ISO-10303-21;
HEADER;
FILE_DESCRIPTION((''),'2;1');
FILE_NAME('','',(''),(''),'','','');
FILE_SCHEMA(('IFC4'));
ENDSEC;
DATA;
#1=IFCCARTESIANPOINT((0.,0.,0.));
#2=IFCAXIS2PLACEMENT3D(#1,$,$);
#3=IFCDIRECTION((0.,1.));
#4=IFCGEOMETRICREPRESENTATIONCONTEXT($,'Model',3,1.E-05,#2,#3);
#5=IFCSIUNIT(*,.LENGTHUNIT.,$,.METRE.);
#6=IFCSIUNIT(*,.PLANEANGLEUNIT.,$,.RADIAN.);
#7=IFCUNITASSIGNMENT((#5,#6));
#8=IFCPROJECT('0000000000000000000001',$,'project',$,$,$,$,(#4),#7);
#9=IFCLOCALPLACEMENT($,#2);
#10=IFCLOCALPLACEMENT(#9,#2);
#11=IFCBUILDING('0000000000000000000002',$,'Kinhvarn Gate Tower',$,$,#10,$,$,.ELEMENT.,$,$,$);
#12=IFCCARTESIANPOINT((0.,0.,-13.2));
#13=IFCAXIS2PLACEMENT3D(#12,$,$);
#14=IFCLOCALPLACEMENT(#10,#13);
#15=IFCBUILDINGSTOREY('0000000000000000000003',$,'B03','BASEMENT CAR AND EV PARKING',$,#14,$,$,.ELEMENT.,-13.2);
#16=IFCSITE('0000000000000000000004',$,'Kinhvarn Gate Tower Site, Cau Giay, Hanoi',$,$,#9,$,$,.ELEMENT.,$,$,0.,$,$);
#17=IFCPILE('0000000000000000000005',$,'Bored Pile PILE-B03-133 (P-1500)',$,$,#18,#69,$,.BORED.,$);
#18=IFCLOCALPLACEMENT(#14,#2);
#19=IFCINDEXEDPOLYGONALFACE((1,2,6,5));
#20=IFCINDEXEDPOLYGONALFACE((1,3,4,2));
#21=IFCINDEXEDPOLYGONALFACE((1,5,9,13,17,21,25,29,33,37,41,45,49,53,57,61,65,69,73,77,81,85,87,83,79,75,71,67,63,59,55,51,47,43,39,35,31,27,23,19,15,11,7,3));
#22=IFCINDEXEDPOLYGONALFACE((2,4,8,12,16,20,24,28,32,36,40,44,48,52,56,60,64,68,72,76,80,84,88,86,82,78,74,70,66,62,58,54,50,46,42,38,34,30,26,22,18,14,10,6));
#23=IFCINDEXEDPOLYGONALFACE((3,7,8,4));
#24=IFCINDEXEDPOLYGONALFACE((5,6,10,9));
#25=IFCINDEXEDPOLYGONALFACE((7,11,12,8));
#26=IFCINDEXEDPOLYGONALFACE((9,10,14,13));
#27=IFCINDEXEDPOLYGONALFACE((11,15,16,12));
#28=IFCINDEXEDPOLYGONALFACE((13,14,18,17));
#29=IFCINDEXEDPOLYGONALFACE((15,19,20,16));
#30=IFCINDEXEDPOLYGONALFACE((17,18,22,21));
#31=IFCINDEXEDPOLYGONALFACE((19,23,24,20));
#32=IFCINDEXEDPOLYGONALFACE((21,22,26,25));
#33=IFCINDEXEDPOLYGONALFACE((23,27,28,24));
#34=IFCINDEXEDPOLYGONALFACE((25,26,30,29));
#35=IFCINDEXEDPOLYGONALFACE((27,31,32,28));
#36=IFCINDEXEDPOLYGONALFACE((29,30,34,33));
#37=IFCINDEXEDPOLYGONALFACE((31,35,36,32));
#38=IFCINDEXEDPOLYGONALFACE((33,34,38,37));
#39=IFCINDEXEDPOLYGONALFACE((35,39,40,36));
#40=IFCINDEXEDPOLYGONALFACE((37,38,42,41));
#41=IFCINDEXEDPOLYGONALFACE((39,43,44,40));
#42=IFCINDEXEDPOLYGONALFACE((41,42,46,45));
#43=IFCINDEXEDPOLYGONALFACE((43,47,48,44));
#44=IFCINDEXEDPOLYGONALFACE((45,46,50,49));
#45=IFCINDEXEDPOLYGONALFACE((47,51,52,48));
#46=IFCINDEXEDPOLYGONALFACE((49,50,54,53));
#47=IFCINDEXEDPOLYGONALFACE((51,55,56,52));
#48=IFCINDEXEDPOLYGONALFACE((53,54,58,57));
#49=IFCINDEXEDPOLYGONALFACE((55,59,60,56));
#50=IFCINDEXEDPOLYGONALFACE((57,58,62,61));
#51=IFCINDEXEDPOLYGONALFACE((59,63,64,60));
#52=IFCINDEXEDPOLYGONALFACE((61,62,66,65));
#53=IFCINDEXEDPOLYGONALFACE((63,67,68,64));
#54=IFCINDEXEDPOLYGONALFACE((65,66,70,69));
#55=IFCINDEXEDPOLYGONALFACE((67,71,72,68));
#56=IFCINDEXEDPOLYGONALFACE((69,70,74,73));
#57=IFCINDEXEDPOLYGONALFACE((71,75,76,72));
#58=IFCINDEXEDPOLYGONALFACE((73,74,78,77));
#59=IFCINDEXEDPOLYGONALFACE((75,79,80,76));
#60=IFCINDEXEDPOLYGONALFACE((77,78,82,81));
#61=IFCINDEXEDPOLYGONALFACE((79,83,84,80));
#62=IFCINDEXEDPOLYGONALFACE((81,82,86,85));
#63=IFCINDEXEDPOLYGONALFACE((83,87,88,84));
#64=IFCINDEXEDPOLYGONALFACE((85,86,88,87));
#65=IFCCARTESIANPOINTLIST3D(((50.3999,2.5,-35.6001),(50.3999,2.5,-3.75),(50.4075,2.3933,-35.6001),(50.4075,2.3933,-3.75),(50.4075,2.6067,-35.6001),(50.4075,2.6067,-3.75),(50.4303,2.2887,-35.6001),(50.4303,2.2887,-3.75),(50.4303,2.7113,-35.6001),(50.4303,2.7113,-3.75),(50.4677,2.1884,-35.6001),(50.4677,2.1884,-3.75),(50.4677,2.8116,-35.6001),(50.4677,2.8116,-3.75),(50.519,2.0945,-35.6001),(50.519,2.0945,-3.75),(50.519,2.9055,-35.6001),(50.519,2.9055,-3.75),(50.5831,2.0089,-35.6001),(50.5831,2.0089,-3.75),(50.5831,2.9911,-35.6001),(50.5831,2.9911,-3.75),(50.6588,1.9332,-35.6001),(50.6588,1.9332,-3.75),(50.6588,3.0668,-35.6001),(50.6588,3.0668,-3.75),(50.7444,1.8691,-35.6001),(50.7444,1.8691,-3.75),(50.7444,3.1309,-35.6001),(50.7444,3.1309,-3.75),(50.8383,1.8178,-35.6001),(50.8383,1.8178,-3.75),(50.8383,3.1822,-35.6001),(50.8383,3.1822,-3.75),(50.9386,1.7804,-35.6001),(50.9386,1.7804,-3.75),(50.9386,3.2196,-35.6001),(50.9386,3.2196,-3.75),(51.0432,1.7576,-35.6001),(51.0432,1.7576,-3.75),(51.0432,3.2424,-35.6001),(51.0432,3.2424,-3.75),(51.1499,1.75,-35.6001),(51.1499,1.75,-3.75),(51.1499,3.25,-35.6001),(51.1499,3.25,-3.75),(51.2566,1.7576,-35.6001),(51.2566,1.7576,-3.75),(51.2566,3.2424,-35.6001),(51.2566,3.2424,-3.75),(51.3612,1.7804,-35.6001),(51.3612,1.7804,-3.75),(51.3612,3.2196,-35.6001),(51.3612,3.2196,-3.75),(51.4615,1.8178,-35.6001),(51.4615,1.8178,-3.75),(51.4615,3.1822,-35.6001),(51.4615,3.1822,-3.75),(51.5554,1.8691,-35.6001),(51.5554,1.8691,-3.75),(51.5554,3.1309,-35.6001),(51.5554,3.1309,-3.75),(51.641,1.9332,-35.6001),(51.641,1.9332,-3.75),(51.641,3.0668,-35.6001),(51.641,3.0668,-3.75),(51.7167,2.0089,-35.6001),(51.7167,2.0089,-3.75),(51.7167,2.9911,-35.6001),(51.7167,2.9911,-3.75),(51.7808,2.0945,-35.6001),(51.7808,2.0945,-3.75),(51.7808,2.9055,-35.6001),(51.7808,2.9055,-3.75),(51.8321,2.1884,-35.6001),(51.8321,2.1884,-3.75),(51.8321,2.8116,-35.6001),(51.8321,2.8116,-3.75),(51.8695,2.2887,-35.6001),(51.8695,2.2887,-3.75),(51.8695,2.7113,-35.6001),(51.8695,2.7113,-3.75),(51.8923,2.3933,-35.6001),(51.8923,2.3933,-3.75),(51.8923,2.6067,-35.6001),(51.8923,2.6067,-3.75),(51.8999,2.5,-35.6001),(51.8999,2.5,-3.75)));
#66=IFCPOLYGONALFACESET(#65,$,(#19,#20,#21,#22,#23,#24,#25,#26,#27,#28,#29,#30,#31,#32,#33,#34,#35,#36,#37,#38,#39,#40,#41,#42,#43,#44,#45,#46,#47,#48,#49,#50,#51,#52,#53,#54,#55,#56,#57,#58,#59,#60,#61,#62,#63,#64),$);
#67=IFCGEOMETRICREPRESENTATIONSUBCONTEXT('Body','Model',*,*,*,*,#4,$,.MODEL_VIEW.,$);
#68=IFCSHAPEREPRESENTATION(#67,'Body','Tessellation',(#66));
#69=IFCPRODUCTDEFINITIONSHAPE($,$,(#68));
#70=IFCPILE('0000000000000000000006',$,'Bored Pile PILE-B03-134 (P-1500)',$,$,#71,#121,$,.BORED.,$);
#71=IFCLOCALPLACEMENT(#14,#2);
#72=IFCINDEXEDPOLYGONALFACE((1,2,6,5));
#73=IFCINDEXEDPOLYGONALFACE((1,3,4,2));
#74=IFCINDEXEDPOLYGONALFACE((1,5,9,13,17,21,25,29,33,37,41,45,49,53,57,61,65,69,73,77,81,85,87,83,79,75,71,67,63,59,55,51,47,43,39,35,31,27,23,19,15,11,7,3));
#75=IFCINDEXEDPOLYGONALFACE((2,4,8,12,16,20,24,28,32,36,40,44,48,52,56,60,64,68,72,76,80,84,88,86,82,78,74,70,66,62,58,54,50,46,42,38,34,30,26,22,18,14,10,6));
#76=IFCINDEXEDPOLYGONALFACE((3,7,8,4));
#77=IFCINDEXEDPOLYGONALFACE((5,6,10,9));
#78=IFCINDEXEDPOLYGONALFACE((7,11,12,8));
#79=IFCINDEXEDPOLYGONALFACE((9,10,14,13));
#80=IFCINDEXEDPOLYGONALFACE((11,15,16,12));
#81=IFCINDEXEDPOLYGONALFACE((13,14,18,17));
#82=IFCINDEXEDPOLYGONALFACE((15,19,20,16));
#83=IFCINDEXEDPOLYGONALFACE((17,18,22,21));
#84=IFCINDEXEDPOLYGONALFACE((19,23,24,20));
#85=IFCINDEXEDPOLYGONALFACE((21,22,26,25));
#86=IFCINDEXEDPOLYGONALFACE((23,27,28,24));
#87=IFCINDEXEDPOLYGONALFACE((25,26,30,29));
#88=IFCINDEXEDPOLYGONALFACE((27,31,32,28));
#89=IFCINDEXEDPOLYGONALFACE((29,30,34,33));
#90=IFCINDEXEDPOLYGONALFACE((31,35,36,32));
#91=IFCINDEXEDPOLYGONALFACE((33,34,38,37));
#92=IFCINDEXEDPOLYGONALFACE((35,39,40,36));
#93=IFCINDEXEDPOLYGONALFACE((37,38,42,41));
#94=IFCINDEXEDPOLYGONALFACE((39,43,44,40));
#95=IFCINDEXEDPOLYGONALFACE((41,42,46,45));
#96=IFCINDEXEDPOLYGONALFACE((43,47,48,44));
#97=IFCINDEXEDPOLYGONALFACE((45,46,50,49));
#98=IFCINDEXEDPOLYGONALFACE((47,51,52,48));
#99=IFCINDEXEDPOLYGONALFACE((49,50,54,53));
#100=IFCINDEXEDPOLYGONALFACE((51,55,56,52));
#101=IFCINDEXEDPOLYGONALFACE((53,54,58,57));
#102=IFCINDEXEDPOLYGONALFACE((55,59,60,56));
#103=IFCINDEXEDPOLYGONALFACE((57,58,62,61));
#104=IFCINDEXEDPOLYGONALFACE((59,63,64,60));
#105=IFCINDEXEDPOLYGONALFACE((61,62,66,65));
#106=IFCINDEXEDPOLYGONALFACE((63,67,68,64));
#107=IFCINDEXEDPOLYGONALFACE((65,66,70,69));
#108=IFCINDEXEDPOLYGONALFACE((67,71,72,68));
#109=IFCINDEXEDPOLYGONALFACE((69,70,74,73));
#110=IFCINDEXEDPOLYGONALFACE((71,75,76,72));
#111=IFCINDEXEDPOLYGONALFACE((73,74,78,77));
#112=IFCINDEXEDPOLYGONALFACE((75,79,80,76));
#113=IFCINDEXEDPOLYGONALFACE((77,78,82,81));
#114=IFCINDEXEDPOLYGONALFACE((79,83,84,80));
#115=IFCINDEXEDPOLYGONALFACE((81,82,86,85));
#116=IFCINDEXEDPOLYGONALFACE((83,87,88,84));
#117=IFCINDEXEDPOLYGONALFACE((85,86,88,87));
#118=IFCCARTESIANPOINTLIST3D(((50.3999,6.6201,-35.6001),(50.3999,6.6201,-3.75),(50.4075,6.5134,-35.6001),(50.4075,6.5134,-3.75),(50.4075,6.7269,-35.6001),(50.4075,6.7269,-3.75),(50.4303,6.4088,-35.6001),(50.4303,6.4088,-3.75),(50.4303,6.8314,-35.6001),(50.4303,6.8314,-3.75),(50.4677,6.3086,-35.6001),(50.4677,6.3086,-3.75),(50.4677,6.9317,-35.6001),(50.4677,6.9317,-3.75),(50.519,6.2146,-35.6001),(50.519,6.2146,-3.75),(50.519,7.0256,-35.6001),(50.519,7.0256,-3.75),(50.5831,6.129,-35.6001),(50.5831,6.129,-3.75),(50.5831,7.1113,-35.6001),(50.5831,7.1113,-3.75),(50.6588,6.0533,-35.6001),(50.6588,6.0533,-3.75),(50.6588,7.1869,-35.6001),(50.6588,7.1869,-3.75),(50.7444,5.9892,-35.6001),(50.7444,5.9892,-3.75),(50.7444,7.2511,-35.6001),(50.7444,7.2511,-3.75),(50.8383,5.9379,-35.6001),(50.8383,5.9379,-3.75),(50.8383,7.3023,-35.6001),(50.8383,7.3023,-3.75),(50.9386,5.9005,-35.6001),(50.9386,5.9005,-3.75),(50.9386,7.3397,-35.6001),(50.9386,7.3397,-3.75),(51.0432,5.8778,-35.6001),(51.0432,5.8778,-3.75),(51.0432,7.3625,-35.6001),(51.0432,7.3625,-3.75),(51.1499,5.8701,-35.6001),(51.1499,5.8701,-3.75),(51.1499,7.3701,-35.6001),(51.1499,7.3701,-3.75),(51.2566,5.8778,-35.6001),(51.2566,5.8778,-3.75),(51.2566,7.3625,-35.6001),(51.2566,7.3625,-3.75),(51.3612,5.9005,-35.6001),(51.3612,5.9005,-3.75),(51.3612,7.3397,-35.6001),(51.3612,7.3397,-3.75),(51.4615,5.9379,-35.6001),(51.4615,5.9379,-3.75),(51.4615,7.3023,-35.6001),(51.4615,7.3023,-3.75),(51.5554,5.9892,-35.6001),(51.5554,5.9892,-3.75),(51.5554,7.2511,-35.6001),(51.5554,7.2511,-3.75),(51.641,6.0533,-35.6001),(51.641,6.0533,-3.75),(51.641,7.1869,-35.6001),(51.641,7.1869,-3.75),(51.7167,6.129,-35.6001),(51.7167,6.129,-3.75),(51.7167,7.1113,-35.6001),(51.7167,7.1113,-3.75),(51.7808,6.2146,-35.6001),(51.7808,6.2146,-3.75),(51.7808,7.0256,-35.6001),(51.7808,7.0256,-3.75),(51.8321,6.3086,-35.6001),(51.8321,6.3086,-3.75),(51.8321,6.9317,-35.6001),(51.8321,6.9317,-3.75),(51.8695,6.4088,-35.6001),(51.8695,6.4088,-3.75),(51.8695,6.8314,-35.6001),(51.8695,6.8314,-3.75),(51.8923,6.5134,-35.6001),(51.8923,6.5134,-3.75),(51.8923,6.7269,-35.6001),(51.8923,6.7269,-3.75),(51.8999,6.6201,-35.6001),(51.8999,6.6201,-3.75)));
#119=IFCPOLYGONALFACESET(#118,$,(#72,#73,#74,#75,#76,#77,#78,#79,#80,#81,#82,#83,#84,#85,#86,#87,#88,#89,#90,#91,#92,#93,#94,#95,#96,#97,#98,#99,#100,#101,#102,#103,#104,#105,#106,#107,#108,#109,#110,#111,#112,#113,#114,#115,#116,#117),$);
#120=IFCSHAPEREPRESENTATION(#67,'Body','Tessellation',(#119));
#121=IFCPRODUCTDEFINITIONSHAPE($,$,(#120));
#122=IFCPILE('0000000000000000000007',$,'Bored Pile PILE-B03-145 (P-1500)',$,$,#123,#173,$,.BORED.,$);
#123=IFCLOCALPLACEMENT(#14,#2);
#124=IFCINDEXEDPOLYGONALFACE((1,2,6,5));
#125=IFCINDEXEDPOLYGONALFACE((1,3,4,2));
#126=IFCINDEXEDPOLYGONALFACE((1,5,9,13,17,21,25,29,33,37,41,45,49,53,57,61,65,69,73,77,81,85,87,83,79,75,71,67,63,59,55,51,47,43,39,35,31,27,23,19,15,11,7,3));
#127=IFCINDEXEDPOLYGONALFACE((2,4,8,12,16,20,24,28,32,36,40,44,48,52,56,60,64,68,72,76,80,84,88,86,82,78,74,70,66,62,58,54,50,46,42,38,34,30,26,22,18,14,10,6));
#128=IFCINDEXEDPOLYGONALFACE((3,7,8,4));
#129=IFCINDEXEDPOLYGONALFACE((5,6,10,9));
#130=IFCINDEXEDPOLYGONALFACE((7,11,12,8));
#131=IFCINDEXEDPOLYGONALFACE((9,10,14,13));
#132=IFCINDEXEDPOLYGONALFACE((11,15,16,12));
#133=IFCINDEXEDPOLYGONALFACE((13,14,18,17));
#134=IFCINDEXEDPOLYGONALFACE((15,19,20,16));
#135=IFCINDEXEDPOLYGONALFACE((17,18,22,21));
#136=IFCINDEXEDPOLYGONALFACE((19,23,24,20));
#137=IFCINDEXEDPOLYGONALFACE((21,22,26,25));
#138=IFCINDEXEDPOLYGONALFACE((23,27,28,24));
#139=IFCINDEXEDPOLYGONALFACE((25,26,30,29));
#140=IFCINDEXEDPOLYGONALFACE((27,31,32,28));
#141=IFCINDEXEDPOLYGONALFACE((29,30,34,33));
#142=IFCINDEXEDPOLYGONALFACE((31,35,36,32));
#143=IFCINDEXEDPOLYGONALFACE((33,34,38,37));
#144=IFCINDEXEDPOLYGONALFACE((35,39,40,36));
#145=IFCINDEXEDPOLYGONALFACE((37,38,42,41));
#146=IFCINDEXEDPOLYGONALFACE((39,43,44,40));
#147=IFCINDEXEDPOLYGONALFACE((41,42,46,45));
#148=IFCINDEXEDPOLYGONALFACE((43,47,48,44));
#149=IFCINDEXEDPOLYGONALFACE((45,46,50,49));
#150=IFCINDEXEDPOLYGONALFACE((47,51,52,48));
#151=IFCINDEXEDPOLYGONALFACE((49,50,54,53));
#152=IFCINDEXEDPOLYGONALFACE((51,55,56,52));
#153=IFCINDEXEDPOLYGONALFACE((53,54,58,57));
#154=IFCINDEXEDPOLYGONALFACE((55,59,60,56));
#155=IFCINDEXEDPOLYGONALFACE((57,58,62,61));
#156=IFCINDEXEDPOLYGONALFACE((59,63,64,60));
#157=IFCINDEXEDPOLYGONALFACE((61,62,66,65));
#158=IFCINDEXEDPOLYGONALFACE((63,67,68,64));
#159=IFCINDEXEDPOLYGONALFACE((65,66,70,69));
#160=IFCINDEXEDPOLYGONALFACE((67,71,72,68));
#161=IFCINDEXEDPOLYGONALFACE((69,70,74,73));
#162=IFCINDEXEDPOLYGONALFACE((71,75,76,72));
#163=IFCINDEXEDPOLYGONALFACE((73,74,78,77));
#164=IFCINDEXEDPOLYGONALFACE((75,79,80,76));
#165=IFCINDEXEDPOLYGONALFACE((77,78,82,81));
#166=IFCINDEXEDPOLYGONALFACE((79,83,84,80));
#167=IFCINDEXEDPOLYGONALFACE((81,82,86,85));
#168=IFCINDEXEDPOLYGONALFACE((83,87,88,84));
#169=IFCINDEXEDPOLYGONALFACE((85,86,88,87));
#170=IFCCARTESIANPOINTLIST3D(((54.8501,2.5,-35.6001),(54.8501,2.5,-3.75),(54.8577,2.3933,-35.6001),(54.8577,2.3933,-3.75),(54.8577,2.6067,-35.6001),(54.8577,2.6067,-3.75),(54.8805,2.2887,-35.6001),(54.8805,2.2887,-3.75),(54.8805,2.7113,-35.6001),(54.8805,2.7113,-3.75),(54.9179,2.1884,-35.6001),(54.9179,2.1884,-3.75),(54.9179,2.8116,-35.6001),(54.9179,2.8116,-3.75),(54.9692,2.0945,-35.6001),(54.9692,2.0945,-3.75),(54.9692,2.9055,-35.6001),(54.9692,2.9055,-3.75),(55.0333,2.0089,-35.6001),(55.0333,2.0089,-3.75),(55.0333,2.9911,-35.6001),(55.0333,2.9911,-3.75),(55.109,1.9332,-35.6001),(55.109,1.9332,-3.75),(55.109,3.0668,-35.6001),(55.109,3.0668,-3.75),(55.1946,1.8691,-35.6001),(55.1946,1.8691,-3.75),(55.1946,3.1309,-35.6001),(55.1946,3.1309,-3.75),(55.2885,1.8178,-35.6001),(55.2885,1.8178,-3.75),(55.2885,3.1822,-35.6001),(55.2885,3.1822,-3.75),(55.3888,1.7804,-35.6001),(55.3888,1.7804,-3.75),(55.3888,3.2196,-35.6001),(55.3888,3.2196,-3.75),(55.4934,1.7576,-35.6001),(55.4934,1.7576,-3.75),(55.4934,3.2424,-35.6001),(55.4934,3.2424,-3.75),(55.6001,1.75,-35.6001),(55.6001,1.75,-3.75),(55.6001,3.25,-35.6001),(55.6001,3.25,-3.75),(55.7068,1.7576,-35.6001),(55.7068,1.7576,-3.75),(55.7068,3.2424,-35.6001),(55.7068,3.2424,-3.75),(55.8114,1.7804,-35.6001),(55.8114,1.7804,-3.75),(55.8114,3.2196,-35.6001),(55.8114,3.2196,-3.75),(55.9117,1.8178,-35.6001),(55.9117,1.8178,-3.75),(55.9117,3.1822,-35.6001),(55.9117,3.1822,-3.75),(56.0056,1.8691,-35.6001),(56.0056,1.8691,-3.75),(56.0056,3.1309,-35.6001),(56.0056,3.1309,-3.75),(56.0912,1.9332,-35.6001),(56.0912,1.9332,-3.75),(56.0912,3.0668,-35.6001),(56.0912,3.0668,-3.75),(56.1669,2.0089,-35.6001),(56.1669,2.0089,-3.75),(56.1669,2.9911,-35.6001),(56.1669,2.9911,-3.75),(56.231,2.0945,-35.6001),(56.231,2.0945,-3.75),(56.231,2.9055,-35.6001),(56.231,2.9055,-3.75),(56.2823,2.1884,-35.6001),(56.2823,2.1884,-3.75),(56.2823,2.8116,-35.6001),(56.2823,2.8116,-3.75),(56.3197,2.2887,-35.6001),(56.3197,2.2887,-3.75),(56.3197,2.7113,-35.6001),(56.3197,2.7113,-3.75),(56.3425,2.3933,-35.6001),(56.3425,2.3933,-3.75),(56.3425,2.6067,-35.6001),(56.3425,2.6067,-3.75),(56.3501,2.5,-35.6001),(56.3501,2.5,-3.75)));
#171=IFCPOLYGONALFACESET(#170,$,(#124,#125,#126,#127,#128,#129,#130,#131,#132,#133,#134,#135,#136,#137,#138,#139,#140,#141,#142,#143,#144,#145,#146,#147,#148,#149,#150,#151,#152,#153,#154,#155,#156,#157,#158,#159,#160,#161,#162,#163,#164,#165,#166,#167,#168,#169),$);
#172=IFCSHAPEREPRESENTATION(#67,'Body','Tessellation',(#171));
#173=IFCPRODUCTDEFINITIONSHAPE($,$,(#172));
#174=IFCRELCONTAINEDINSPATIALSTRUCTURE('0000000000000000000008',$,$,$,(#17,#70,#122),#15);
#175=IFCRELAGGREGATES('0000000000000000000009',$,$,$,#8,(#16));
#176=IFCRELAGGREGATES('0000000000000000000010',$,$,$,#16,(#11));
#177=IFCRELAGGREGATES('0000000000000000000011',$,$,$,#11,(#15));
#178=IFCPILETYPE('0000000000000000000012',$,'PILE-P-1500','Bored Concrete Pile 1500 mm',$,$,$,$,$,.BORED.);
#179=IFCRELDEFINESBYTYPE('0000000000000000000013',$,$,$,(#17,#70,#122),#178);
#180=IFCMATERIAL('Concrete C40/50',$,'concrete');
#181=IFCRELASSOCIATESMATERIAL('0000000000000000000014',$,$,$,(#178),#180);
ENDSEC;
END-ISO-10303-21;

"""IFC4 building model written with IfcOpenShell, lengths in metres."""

from ifc_helpers import new_model, si_unit, direction, frame, origin, origin_2d, place, context, subcontext, project, spatial, circle, extrude, material, material_profile, profile_set, type_object, element, save


model = new_model("IFC4")

# Units and contexts
model_context = context("Model", 3, precision=1e-05, world=origin(), true_north=direction((0.0, 1.0)))
body_context = subcontext(model_context, "Body", "Model", "MODEL_VIEW")
ifc_project = project(units=[si_unit("LENGTHUNIT", "METRE"), si_unit("PLANEANGLEUNIT", "RADIAN")], contexts=[model_context])

# Site, building, storey
site_placement = place(None, origin())
site = spatial("IfcSite", under=ifc_project, at=site_placement, Name="Kinhvarn Gate Tower Site, Cau Giay, Hanoi", CompositionType="ELEMENT", RefElevation=0.0)
building_placement = place(site_placement, origin())
building = spatial("IfcBuilding", under=site, at=building_placement, Name="Kinhvarn Gate Tower", CompositionType="ELEMENT")
storey_placement = place(building_placement, frame((0.0, 0.0, -13.2)))
storey = spatial("IfcBuildingStorey", under=building, at=storey_placement, Name="B03", Description="BASEMENT CAR AND EV PARKING", CompositionType="ELEMENT", Elevation=-13.2)

# Piles
ifc_material = material(Name="Concrete C40/50", Category="concrete")
ifc_material_profile_1 = material_profile(ifc_material, circle(Radius=0.75, at=origin_2d()), Name="PILE D1500")
ifc_profile_set_1 = profile_set([ifc_material_profile_1], Name="Concrete C40/50")
pile_type_1 = type_object("IfcPileType", Name="PILE-P-1500", Description="Bored Concrete Pile 1500 mm", PredefinedType="BORED", material=ifc_profile_set_1)
for number, where, z_axis, x_axis, name in (
    (1, (51.1499, 2.5, -35.6001), (0.0, 0.0, 1.0), (1.0, 0.0, 0.0), "Bored Pile PILE-B03-133 (P-1500)"),
    (2, (51.1499, 6.6201, -35.6001), (0.0, 0.0, 1.0), (1.0, 0.0, 0.0), "Bored Pile PILE-B03-134 (P-1500)"),
    (3, (55.6001, 2.5, -35.6001), (0.0, 0.0, 1.0), (1.0, 0.0, 0.0), "Bored Pile PILE-B03-145 (P-1500)"),
):
    element("IfcPile", number, at=place(storey_placement, frame(where, z_axis=z_axis, x_axis=x_axis)), inside=storey, type_object=pile_type_1, Name=name, PredefinedType="BORED", context=body_context, shape_type="SweptSolid", body=[
        extrude(circle(Radius=0.75, at=origin_2d()), origin(), (0.0, 0.0, 1.0), 31.8501),
    ])

save(model, "model.ifc")
